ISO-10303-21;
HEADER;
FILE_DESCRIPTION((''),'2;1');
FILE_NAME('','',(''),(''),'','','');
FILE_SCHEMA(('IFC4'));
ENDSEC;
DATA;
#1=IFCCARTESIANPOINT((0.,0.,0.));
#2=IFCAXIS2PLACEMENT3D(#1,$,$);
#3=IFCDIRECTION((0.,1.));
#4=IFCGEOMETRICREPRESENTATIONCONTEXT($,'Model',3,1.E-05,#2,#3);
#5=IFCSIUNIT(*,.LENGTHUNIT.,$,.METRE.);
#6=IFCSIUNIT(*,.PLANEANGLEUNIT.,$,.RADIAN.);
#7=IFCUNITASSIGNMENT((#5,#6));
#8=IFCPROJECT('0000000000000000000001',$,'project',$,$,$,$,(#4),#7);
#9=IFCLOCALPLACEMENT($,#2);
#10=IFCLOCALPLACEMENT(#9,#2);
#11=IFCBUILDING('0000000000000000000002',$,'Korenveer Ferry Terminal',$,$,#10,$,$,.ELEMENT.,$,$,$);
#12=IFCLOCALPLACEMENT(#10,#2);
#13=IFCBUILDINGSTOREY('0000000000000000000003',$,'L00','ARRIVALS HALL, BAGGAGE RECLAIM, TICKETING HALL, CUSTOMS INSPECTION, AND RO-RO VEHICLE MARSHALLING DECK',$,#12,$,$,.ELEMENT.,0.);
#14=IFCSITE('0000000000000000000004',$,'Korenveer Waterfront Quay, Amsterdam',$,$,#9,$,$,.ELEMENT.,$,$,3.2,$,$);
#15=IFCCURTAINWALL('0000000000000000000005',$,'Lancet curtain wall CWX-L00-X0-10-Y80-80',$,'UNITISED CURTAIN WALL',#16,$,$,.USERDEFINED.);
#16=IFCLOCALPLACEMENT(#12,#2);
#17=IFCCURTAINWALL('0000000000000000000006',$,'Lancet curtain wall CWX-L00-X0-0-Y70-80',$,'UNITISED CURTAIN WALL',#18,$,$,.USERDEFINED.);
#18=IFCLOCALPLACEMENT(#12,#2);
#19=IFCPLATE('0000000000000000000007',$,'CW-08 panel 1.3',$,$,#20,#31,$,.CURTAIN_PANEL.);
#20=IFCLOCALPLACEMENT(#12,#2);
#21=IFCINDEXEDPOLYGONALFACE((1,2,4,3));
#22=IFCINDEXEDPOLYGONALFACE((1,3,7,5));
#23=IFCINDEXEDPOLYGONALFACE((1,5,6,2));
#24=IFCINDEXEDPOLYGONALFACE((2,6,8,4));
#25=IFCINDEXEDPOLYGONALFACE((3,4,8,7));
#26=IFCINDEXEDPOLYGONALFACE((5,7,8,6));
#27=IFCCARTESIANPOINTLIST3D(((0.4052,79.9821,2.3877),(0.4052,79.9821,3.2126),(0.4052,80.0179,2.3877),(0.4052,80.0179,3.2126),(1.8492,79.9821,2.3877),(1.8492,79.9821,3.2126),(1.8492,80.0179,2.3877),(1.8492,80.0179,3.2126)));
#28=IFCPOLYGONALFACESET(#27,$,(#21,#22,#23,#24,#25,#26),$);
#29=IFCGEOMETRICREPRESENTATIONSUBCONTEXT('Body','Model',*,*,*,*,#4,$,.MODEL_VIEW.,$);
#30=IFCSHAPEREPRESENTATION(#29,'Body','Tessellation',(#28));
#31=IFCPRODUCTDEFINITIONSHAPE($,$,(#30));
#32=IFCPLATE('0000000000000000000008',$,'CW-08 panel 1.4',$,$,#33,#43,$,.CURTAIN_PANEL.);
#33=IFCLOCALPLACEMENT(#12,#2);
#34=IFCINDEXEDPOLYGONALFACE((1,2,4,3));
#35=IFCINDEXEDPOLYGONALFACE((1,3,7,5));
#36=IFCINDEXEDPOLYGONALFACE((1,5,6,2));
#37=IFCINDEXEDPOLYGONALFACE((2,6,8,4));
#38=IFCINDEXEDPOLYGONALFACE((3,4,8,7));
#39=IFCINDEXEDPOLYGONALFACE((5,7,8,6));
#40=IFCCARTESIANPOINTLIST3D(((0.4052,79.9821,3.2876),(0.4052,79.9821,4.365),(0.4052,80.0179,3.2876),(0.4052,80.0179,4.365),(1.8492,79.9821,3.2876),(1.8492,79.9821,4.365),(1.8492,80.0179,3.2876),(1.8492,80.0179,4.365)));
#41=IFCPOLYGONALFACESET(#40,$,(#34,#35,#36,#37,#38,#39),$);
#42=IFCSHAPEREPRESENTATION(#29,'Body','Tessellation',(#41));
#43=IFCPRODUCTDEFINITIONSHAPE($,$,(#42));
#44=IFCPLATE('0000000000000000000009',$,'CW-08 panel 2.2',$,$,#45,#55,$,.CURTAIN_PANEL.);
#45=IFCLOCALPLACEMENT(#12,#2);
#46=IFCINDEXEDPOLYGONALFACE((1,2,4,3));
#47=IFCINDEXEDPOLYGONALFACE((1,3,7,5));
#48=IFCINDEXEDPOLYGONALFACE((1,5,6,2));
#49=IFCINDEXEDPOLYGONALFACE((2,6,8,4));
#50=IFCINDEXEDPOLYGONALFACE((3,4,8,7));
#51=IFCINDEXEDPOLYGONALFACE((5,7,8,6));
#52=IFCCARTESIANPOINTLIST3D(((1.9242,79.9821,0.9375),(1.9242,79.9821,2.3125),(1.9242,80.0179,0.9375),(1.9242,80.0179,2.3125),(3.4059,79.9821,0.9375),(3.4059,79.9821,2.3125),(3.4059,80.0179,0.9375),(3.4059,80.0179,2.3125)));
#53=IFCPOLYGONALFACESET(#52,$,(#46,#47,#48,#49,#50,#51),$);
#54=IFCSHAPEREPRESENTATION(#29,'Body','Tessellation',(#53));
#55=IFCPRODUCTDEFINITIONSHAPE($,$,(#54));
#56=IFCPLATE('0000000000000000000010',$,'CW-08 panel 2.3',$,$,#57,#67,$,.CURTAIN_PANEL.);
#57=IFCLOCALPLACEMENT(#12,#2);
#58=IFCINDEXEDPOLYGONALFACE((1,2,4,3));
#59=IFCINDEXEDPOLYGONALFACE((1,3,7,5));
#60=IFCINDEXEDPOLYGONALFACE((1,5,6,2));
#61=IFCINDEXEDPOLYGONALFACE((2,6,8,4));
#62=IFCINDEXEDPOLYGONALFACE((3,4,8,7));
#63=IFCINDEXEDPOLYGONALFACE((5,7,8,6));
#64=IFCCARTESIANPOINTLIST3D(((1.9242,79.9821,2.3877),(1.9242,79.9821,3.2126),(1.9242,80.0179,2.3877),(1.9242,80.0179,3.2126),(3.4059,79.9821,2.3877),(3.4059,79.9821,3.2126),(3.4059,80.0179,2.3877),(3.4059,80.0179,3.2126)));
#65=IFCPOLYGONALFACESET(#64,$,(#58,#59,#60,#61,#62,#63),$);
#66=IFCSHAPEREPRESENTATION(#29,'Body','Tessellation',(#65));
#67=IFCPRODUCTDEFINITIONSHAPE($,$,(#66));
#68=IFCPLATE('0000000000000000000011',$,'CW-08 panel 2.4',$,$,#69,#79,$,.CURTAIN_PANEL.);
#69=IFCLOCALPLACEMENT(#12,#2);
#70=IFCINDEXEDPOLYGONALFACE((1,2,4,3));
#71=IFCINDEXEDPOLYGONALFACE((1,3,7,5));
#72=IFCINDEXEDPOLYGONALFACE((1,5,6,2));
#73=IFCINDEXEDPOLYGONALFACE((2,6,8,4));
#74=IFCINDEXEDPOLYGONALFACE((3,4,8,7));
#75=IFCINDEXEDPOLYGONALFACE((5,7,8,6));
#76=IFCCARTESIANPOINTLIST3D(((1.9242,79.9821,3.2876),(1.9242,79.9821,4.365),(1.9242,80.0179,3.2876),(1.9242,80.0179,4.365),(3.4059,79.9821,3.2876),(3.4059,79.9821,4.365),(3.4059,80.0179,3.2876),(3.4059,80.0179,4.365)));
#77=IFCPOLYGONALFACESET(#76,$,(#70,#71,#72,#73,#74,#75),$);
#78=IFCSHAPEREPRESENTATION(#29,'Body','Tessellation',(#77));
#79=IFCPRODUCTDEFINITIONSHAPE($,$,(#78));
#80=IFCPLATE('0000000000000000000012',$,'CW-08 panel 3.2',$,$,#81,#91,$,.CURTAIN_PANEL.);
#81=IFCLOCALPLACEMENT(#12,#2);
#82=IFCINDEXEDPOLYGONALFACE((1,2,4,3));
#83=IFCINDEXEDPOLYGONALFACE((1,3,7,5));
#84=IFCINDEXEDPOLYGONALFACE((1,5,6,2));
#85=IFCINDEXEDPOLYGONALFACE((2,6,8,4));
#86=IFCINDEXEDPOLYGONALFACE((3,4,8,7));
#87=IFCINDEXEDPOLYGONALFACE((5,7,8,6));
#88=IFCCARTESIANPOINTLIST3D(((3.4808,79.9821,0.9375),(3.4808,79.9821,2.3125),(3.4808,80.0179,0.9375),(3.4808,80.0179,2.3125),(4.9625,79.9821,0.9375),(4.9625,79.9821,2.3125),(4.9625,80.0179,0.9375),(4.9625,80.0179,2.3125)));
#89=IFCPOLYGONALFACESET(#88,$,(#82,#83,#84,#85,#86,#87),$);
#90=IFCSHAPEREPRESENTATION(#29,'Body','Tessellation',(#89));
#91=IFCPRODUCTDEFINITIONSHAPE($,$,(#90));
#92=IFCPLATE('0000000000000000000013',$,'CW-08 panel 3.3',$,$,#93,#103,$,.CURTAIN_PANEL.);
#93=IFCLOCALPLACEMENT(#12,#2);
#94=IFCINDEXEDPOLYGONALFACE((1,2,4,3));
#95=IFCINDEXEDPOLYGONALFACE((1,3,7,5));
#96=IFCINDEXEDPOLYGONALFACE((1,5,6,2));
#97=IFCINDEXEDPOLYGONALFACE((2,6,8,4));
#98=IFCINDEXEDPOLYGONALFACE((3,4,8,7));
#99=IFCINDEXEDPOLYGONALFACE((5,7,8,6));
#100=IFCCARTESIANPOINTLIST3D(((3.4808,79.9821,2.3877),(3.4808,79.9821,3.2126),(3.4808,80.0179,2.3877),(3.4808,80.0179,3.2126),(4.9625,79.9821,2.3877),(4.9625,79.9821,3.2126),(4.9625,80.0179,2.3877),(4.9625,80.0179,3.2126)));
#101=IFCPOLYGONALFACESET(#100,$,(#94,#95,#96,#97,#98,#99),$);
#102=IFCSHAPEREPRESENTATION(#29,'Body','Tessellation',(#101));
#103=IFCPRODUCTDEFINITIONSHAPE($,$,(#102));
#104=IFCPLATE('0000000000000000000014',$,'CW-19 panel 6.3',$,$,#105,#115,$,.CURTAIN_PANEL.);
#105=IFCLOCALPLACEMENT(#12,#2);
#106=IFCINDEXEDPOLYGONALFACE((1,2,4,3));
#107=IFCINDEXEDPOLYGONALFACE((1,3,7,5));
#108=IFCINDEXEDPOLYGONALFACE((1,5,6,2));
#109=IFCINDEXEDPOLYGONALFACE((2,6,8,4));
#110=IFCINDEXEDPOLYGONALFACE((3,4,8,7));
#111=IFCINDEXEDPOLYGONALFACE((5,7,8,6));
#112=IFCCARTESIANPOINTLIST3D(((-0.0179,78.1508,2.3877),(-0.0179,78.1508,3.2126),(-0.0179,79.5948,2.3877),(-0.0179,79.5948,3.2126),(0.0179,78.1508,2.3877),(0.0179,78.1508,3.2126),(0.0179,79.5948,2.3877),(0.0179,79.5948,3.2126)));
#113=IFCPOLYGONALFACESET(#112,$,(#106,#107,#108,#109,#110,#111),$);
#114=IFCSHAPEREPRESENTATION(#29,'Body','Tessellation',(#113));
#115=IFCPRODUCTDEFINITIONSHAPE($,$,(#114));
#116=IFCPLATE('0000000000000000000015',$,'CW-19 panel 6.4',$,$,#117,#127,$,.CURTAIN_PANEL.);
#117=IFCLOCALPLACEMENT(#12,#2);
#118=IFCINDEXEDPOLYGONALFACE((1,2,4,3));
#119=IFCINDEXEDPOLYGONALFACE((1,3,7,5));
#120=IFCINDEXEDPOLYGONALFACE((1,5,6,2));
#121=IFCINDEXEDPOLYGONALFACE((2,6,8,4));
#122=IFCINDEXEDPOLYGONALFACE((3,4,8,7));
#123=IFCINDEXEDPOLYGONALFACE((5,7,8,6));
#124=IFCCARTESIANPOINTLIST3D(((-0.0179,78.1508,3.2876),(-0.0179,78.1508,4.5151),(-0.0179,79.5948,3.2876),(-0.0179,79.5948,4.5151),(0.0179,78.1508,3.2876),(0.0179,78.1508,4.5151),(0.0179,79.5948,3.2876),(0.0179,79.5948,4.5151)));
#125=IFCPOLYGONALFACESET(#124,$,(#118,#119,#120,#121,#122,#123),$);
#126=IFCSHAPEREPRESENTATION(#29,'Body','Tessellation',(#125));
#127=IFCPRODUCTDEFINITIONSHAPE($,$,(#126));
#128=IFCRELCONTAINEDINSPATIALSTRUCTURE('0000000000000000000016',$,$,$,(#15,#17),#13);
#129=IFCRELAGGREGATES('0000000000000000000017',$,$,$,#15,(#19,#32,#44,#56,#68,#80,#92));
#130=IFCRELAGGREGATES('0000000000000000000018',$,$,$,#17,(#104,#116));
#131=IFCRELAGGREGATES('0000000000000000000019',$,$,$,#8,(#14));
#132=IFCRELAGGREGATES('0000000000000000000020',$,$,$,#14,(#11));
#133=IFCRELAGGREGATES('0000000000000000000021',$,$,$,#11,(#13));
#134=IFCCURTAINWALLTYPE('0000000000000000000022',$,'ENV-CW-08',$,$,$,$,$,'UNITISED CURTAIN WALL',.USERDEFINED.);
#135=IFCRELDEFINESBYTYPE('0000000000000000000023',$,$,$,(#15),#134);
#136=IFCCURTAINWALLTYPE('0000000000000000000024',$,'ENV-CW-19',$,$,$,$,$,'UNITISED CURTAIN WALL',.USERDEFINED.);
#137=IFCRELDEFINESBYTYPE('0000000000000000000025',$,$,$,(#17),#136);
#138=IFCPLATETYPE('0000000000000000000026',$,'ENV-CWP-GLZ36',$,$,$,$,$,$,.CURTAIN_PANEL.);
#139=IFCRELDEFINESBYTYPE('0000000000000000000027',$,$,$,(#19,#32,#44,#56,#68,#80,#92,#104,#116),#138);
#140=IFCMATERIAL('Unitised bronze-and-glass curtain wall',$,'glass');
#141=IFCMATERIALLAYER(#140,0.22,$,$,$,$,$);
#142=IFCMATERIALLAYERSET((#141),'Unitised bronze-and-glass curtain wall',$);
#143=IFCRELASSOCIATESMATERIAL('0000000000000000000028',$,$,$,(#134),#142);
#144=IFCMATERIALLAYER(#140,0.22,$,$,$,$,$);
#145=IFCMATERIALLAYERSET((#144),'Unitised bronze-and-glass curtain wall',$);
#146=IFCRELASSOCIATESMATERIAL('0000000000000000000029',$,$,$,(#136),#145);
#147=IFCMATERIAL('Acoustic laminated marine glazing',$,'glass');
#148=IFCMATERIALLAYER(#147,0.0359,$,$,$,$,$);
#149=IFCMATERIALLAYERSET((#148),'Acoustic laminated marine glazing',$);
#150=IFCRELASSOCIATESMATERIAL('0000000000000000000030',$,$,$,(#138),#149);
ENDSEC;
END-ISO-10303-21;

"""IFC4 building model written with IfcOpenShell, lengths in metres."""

from ifc_helpers import new_model, si_unit, direction, frame, origin, origin_2d, place, context, subcontext, project, spatial, rectangle, extrude, material, layer, layer_set, type_object, element, aggregate, save


model = new_model("IFC4")

# Units and contexts
model_context = context("Model", 3, precision=1e-05, world=origin(), true_north=direction((0.0, 1.0)))
body_context = subcontext(model_context, "Body", "Model", "MODEL_VIEW")
ifc_project = project(units=[si_unit("LENGTHUNIT", "METRE"), si_unit("PLANEANGLEUNIT", "RADIAN")], contexts=[model_context])

# Site, building, storey
site_placement = place(None, origin())
site = spatial("IfcSite", under=ifc_project, at=site_placement, Name="Korenveer Waterfront Quay, Amsterdam", CompositionType="ELEMENT", RefElevation=3.2)
building_placement = place(site_placement, origin())
building = spatial("IfcBuilding", under=site, at=building_placement, Name="Korenveer Ferry Terminal", CompositionType="ELEMENT")
storey_placement = place(building_placement, origin())
storey = spatial("IfcBuildingStorey", under=building, at=storey_placement, Name="L00", Description="ARRIVALS HALL, BAGGAGE RECLAIM, TICKETING HALL, CUSTOMS INSPECTION, AND RO-RO VEHICLE MARSHALLING DECK", CompositionType="ELEMENT", Elevation=0.0)

# Curtain walls
ifc_material_1 = material(Name="Unitised bronze-and-glass curtain wall", Category="glass")
ifc_layer_1 = layer(ifc_material_1, 0.22)
ifc_layer_set_1 = layer_set([ifc_layer_1], Name="Unitised bronze-and-glass curtain wall")
curtain_wall_type_1 = type_object("IfcCurtainWallType", Name="ENV-CW-08", ElementType="UNITISED CURTAIN WALL", PredefinedType="USERDEFINED", material=ifc_layer_set_1)
curtain_wall_1_placement = place(storey_placement, frame((0.3301, 80.0, 0.0)))
curtain_wall_1 = element("IfcCurtainWall", 1, at=curtain_wall_1_placement, inside=storey, type_object=curtain_wall_type_1, Name="Lancet curtain wall CWX-L00-X0-10-Y80-80", ObjectType="UNITISED CURTAIN WALL", PredefinedType="USERDEFINED")
ifc_layer_2 = layer(ifc_material_1, 0.22)
ifc_layer_set_2 = layer_set([ifc_layer_2], Name="Unitised bronze-and-glass curtain wall")
curtain_wall_type_2 = type_object("IfcCurtainWallType", Name="ENV-CW-19", ElementType="UNITISED CURTAIN WALL", PredefinedType="USERDEFINED", material=ifc_layer_set_2)
curtain_wall_2_placement = place(storey_placement, frame((0.0, 70.3301, 0.0)))
curtain_wall_2 = element("IfcCurtainWall", 2, at=curtain_wall_2_placement, inside=storey, type_object=curtain_wall_type_2, Name="Lancet curtain wall CWX-L00-X0-0-Y70-80", ObjectType="UNITISED CURTAIN WALL", PredefinedType="USERDEFINED")

# Plates
ifc_material_2 = material(Name="Acoustic laminated marine glazing", Category="glass")
ifc_layer_3 = layer(ifc_material_2, 0.0359)
ifc_layer_set_3 = layer_set([ifc_layer_3], Name="Acoustic laminated marine glazing")
plate_type = type_object("IfcPlateType", Name="ENV-CWP-GLZ36", PredefinedType="CURTAIN_PANEL", material=ifc_layer_set_3)
plate_1_placement = place(storey_placement, frame((1.1272, 80.0, 2.3877), z_axis=(0.0, 0.0, 1.0), x_axis=(1.0, 0.0, 0.0)))
plate_1 = element("IfcPlate", 3, at=plate_1_placement, type_object=plate_type, Name="CW-08 panel 1.3", PredefinedType="CURTAIN_PANEL", context=body_context, shape_type="SweptSolid", body=[
    extrude(rectangle(XDim=1.4441, YDim=0.0359, at=origin_2d()), origin(), (0.0, 0.0, 1.0), 0.825),
])
plate_2_placement = place(storey_placement, frame((1.1272, 80.0, 3.2876), z_axis=(0.0, 0.0, 1.0), x_axis=(1.0, 0.0, 0.0)))
plate_2 = element("IfcPlate", 4, at=plate_2_placement, type_object=plate_type, Name="CW-08 panel 1.4", PredefinedType="CURTAIN_PANEL", context=body_context, shape_type="SweptSolid", body=[
    extrude(rectangle(XDim=1.4441, YDim=0.0359, at=origin_2d()), origin(), (0.0, 0.0, 1.0), 1.0774),
])
plate_3_placement = place(storey_placement, frame((2.665, 80.0, 0.9375), z_axis=(0.0, 0.0, 1.0), x_axis=(1.0, 0.0, 0.0)))
plate_3 = element("IfcPlate", 5, at=plate_3_placement, type_object=plate_type, Name="CW-08 panel 2.2", PredefinedType="CURTAIN_PANEL", context=body_context, shape_type="SweptSolid", body=[
    extrude(rectangle(XDim=1.4817, YDim=0.0359, at=origin_2d()), origin(), (0.0, 0.0, 1.0), 1.375),
])
plate_4_placement = place(storey_placement, frame((2.665, 80.0, 2.3877), z_axis=(0.0, 0.0, 1.0), x_axis=(1.0, 0.0, 0.0)))
plate_4 = element("IfcPlate", 6, at=plate_4_placement, type_object=plate_type, Name="CW-08 panel 2.3", PredefinedType="CURTAIN_PANEL", context=body_context, shape_type="SweptSolid", body=[
    extrude(rectangle(XDim=1.4817, YDim=0.0359, at=origin_2d()), origin(), (0.0, 0.0, 1.0), 0.825),
])
plate_5_placement = place(storey_placement, frame((2.665, 80.0, 3.2876), z_axis=(0.0, 0.0, 1.0), x_axis=(1.0, 0.0, 0.0)))
plate_5 = element("IfcPlate", 7, at=plate_5_placement, type_object=plate_type, Name="CW-08 panel 2.4", PredefinedType="CURTAIN_PANEL", context=body_context, shape_type="SweptSolid", body=[
    extrude(rectangle(XDim=1.4817, YDim=0.0359, at=origin_2d()), origin(), (0.0, 0.0, 1.0), 1.0774),
])
plate_6_placement = place(storey_placement, frame((4.2217, 80.0, 0.9375), z_axis=(0.0, 0.0, 1.0), x_axis=(1.0, 0.0, 0.0)))
plate_6 = element("IfcPlate", 8, at=plate_6_placement, type_object=plate_type, Name="CW-08 panel 3.2", PredefinedType="CURTAIN_PANEL", context=body_context, shape_type="SweptSolid", body=[
    extrude(rectangle(XDim=1.4817, YDim=0.0359, at=origin_2d()), origin(), (0.0, 0.0, 1.0), 1.375),
])
plate_7_placement = place(storey_placement, frame((4.2217, 80.0, 2.3877), z_axis=(0.0, 0.0, 1.0), x_axis=(1.0, 0.0, 0.0)))
plate_7 = element("IfcPlate", 9, at=plate_7_placement, type_object=plate_type, Name="CW-08 panel 3.3", PredefinedType="CURTAIN_PANEL", context=body_context, shape_type="SweptSolid", body=[
    extrude(rectangle(XDim=1.4817, YDim=0.0359, at=origin_2d()), origin(), (0.0, 0.0, 1.0), 0.825),
])
aggregate(curtain_wall_1, [plate_1, plate_2, plate_3, plate_4, plate_5, plate_6, plate_7])
plate_8_placement = place(storey_placement, frame((0.0, 78.8728, 2.3877), z_axis=(0.0, 0.0, 1.0), x_axis=(0.0, 1.0, 0.0)))
plate_8 = element("IfcPlate", 10, at=plate_8_placement, type_object=plate_type, Name="CW-19 panel 6.3", PredefinedType="CURTAIN_PANEL", context=body_context, shape_type="SweptSolid", body=[
    extrude(rectangle(XDim=1.4441, YDim=0.0359, at=origin_2d()), origin(), (0.0, 0.0, 1.0), 0.825),
])
plate_9_placement = place(storey_placement, frame((0.0, 78.8728, 3.2876), z_axis=(0.0, 0.0, 1.0), x_axis=(0.0, 1.0, 0.0)))
plate_9 = element("IfcPlate", 11, at=plate_9_placement, type_object=plate_type, Name="CW-19 panel 6.4", PredefinedType="CURTAIN_PANEL", context=body_context, shape_type="SweptSolid", body=[
    extrude(rectangle(XDim=1.4441, YDim=0.0359, at=origin_2d()), origin(), (0.0, 0.0, 1.0), 1.2275),
])
aggregate(curtain_wall_2, [plate_8, plate_9])

save(model, "model.ifc")
